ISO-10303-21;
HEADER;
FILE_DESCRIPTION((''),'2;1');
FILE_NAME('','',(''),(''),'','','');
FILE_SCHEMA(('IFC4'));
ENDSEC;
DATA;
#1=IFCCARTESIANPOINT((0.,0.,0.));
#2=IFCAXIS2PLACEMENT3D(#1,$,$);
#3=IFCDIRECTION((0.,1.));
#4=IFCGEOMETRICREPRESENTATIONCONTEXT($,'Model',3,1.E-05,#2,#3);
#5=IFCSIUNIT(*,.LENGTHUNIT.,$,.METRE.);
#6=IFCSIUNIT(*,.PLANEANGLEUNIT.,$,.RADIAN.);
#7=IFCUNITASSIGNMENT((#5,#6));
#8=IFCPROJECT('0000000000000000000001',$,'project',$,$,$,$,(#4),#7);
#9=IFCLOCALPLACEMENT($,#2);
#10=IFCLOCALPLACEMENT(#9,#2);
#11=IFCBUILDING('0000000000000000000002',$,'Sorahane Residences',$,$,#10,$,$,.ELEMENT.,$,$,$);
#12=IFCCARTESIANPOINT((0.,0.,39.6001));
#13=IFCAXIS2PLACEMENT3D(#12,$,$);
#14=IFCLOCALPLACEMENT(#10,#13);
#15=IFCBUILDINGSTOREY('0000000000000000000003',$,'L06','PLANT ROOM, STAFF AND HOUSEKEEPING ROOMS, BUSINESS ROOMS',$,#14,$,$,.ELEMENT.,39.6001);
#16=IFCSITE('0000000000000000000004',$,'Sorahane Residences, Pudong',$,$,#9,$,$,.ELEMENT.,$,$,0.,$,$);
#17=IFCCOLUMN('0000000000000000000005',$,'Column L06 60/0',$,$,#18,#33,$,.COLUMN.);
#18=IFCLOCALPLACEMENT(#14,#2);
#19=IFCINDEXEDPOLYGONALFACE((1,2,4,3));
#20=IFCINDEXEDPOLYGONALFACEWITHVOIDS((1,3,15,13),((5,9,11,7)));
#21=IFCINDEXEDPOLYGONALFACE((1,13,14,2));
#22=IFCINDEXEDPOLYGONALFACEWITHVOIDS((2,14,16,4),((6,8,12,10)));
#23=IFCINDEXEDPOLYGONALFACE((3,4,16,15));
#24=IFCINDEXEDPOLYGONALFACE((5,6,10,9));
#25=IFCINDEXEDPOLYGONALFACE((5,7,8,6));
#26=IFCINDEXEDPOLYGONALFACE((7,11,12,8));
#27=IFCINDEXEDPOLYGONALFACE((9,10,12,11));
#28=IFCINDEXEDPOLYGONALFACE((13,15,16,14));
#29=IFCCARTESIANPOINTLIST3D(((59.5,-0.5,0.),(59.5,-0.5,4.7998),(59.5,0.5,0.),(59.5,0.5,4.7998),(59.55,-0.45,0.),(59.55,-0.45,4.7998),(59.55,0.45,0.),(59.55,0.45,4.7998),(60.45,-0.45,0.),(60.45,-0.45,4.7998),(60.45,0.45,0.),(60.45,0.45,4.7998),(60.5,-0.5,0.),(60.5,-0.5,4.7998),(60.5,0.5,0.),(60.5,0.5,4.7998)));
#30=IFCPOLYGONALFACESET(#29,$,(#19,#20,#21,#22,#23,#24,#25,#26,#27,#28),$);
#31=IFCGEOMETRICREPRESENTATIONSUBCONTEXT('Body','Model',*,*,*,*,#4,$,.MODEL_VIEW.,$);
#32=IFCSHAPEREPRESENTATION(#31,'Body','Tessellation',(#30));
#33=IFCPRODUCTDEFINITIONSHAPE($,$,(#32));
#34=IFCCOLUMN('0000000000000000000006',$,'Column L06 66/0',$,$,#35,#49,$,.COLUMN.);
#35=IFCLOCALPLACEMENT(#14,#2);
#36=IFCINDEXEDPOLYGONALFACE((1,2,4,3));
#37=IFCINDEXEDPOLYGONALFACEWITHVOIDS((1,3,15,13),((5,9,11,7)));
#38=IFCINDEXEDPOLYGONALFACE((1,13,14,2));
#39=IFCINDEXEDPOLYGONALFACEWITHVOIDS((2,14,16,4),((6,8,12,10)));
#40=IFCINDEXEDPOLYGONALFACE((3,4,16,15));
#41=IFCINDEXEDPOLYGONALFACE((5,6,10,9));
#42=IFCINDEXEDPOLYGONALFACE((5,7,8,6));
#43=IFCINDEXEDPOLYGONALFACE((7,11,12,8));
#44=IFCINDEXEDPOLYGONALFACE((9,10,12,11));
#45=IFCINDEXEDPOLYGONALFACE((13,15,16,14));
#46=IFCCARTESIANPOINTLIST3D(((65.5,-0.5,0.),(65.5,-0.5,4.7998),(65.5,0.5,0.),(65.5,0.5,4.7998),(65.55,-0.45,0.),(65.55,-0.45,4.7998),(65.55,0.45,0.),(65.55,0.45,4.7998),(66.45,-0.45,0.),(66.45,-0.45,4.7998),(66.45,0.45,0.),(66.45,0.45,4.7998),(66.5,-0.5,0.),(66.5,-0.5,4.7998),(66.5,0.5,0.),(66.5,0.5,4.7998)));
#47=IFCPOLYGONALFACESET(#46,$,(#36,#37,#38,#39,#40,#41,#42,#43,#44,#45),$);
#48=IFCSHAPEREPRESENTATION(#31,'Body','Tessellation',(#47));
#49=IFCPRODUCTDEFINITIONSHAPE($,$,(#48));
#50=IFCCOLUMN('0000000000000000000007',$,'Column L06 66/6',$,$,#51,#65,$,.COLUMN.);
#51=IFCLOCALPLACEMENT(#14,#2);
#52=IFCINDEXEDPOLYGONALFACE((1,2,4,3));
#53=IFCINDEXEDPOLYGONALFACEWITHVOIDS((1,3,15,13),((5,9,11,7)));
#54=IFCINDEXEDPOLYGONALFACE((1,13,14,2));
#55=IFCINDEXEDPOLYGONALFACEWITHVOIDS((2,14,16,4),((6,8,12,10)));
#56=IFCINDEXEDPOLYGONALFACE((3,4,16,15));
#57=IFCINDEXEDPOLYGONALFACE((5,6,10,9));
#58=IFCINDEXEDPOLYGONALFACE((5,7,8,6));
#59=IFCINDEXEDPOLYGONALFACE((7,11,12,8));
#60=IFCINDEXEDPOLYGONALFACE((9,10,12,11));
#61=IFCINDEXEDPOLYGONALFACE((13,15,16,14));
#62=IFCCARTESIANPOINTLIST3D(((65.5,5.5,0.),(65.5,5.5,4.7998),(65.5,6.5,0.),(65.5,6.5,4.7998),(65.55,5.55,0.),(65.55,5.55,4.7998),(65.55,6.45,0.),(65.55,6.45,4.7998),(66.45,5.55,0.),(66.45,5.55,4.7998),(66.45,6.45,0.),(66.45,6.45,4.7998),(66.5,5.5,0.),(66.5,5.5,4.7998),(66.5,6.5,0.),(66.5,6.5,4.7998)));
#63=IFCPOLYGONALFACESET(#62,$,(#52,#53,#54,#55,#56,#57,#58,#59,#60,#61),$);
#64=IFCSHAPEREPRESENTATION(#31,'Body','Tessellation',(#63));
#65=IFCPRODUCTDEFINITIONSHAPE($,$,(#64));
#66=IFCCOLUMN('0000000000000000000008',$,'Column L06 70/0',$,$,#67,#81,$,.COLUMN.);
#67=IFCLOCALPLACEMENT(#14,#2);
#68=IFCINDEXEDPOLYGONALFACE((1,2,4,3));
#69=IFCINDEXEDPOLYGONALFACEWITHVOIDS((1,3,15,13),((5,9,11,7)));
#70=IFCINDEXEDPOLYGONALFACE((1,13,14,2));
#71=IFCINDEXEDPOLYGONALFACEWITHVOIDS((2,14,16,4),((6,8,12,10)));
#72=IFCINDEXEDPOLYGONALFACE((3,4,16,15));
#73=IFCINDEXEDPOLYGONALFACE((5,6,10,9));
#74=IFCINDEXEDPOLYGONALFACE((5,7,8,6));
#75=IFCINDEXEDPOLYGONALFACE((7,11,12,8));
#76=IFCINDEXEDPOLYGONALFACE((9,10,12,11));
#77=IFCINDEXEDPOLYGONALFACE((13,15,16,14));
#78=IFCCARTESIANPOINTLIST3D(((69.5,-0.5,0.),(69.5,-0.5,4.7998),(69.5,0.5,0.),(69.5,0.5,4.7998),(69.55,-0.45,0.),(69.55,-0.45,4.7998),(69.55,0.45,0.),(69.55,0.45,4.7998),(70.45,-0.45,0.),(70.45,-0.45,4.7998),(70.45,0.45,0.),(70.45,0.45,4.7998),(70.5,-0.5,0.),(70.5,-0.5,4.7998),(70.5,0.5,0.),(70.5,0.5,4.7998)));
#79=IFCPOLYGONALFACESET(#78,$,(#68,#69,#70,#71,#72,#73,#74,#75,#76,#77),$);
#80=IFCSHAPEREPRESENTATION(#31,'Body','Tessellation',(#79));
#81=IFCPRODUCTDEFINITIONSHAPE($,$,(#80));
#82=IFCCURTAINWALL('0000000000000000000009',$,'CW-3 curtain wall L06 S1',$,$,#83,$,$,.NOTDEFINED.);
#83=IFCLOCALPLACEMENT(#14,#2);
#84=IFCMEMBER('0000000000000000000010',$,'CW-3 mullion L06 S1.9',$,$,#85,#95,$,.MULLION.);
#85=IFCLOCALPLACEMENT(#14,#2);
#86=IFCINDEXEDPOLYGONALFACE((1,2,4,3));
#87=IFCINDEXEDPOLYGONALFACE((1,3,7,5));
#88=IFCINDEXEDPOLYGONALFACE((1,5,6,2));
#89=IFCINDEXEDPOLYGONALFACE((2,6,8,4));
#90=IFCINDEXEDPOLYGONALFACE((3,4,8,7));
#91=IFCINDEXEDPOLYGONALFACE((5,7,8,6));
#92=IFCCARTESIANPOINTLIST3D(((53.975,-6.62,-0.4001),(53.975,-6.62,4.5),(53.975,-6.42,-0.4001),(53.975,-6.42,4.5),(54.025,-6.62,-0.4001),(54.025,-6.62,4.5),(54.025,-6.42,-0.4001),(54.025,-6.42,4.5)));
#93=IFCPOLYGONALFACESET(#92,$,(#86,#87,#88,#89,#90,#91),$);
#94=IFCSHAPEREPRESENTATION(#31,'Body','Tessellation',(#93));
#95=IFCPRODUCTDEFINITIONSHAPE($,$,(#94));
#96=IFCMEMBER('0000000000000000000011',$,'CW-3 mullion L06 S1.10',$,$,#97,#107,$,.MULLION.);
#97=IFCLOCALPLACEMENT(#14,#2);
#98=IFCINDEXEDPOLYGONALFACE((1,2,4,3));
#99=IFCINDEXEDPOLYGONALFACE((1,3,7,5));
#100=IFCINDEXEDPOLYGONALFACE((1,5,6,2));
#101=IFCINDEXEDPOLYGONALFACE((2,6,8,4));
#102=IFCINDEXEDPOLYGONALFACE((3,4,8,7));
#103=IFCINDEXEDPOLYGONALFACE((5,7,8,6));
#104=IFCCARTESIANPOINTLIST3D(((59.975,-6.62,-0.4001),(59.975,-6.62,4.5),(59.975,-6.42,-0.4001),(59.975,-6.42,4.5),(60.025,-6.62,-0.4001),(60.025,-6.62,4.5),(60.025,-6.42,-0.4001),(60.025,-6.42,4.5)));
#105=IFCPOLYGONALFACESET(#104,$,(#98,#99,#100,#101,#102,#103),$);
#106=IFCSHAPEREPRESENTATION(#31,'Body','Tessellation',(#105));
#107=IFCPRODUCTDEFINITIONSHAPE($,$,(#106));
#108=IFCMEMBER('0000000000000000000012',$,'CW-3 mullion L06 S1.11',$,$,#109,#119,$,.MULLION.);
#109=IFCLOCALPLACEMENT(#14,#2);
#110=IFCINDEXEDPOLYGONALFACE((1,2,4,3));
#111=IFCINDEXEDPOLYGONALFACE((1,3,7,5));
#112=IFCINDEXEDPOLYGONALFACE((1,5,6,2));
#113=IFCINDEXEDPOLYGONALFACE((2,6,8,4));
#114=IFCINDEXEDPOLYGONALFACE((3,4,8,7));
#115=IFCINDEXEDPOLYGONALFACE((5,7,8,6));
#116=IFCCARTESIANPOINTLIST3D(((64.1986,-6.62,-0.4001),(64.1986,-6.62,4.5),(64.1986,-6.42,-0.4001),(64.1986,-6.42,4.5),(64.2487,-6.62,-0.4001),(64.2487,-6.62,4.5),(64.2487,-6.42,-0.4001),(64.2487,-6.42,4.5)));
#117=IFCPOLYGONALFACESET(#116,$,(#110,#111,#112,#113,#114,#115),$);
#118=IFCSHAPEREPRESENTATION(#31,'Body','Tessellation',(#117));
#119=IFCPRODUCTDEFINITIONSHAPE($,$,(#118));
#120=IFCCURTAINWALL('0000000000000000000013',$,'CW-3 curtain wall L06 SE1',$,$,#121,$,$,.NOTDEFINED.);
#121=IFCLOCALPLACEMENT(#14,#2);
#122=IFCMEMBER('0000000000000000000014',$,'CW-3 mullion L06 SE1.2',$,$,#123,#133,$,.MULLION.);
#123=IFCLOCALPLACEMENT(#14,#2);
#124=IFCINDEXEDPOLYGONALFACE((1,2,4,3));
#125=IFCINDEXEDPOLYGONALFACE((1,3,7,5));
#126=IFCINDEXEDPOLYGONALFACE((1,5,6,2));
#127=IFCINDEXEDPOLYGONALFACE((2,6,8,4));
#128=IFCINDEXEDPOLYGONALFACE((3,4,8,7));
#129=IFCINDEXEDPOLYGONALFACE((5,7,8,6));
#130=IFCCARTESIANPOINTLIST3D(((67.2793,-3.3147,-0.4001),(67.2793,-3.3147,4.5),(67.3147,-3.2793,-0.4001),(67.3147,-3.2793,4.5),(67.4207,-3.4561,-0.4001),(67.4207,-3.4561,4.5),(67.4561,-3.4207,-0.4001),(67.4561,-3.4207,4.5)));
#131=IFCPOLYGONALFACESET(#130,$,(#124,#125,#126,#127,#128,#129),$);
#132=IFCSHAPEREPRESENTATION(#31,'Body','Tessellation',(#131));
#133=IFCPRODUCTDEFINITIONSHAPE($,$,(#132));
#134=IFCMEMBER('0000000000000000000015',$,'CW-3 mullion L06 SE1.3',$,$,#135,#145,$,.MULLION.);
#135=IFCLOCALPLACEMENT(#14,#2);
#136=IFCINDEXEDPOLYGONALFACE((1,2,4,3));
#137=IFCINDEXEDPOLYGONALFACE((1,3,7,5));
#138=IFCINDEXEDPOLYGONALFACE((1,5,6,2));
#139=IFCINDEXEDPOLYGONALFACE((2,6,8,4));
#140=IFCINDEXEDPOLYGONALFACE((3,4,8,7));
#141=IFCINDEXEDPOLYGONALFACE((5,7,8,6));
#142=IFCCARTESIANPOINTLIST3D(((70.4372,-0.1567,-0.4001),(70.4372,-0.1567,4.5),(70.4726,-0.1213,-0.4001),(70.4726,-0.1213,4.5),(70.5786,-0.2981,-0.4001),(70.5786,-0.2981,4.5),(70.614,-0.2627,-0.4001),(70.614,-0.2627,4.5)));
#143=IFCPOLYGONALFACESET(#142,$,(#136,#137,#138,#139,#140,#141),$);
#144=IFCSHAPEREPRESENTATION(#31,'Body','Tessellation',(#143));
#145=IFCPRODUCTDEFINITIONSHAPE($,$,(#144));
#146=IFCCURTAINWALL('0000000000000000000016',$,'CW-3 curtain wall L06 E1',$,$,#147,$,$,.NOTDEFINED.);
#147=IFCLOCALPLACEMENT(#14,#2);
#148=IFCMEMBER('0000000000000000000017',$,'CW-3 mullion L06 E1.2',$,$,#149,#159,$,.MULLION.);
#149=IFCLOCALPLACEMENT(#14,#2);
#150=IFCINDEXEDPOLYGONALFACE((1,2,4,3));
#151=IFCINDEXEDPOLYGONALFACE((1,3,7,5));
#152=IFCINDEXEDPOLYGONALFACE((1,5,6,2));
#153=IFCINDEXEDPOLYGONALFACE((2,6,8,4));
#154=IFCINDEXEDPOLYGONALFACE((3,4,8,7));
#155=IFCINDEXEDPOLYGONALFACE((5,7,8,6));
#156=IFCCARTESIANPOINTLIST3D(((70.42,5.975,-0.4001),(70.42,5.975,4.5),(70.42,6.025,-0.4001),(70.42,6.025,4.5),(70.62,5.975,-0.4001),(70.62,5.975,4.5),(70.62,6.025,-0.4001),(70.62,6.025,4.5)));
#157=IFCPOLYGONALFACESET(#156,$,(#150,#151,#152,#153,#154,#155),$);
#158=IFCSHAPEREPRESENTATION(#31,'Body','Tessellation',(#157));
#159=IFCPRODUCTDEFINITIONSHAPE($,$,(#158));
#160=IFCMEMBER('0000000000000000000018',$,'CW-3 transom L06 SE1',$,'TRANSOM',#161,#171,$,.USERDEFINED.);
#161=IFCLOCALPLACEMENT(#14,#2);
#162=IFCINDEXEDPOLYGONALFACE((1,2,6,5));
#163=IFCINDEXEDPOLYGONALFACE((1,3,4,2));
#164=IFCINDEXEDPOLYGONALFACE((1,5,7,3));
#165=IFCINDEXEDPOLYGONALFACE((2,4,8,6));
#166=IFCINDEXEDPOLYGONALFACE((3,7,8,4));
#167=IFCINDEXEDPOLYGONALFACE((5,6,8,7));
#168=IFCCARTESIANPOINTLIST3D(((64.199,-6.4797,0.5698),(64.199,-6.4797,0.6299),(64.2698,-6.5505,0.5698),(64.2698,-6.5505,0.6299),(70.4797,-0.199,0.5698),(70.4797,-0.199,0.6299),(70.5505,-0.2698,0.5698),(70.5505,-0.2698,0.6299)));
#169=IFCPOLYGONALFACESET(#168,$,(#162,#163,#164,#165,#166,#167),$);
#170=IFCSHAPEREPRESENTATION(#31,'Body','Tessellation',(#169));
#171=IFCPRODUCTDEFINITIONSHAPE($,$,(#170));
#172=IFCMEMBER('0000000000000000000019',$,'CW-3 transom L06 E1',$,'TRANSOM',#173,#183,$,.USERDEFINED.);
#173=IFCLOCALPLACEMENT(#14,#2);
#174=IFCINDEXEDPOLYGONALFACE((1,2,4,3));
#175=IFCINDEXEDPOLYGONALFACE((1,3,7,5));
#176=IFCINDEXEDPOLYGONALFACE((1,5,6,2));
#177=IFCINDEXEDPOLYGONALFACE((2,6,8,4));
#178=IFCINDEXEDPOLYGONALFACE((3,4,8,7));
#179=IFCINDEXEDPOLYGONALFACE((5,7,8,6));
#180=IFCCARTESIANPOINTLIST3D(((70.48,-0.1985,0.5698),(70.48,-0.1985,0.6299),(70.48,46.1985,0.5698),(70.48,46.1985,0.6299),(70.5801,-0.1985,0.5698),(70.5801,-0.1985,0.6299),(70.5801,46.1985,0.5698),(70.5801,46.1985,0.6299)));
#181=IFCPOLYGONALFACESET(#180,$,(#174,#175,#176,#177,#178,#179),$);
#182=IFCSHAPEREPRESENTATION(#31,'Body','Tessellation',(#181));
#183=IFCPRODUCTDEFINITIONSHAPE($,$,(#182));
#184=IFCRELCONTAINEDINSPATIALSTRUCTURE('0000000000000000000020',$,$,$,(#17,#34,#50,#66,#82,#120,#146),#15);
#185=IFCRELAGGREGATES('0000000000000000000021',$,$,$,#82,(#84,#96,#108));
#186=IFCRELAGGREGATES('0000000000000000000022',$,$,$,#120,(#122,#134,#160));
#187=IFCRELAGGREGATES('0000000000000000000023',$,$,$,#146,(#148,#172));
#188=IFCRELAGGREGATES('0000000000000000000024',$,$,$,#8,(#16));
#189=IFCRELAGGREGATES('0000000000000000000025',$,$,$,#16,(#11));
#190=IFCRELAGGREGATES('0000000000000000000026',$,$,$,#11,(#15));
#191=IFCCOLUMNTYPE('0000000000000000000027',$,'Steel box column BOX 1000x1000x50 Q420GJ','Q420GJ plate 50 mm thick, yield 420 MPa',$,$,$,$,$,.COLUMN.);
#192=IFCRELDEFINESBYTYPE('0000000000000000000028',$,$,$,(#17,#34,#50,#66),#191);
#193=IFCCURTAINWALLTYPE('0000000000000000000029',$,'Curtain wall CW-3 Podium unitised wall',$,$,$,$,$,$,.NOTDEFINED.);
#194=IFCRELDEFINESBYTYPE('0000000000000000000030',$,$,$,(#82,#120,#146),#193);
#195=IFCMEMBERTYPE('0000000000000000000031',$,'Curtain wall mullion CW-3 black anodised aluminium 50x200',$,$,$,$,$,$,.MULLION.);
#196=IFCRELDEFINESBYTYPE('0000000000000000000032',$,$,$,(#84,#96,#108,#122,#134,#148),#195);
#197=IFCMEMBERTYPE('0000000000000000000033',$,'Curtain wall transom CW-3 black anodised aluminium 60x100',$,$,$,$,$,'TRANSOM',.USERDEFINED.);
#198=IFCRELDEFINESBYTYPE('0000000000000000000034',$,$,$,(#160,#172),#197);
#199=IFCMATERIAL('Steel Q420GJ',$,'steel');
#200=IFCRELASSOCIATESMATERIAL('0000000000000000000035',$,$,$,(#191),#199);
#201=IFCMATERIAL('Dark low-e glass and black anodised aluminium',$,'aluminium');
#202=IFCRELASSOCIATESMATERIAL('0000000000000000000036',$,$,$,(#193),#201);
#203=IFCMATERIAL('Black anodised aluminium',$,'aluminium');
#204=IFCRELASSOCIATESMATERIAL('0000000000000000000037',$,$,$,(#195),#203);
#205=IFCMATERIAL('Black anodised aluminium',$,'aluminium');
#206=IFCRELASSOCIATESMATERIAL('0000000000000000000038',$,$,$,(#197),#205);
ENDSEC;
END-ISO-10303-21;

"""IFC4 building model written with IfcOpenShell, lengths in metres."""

from ifc_helpers import new_model, si_unit, direction, frame, origin, origin_2d, place, context, subcontext, project, spatial, rectangle, hollow_rectangle, extrude, material, material_profile, profile_set, type_object, element, aggregate, save


model = new_model("IFC4")

# Units and contexts
model_context = context("Model", 3, precision=1e-05, world=origin(), true_north=direction((0.0, 1.0)))
body_context = subcontext(model_context, "Body", "Model", "MODEL_VIEW")
ifc_project = project(units=[si_unit("LENGTHUNIT", "METRE"), si_unit("PLANEANGLEUNIT", "RADIAN")], contexts=[model_context])

# Site, building, storey
site_placement = place(None, origin())
site = spatial("IfcSite", under=ifc_project, at=site_placement, Name="Sorahane Residences, Pudong", CompositionType="ELEMENT", RefElevation=0.0)
building_placement = place(site_placement, origin())
building = spatial("IfcBuilding", under=site, at=building_placement, Name="Sorahane Residences", CompositionType="ELEMENT")
storey_placement = place(building_placement, frame((0.0, 0.0, 39.6001)))
storey = spatial("IfcBuildingStorey", under=building, at=storey_placement, Name="L06", Description="PLANT ROOM, STAFF AND HOUSEKEEPING ROOMS, BUSINESS ROOMS", CompositionType="ELEMENT", Elevation=39.6001)

# Columns
ifc_material_1 = material(Name="Steel Q420GJ", Category="steel")
ifc_material_profile_1 = material_profile(ifc_material_1, hollow_rectangle(XDim=1.0, YDim=1.0, WallThickness=0.05, at=origin_2d()), Name="BOX 1000x1000x50")
ifc_profile_set_1 = profile_set([ifc_material_profile_1], Name="Steel Q420GJ")
column_type = type_object("IfcColumnType", Name="Steel box column BOX 1000x1000x50 Q420GJ", Description="Q420GJ plate 50 mm thick, yield 420 MPa", PredefinedType="COLUMN", material=ifc_profile_set_1)
for number, where, z_axis, x_axis, name in (
    (1, (60.0, 0.0, 0.0), (0.0, 0.0, 1.0), (1.0, 0.0, 0.0), "Column L06 60/0"),
    (2, (66.0, 0.0, 0.0), (0.0, 0.0, 1.0), (1.0, 0.0, 0.0), "Column L06 66/0"),
    (3, (66.0, 6.0, 0.0), (0.0, 0.0, 1.0), (1.0, 0.0, 0.0), "Column L06 66/6"),
    (4, (70.0, 0.0, 0.0), (0.0, 0.0, 1.0), (1.0, 0.0, 0.0), "Column L06 70/0"),
):
    element("IfcColumn", number, at=place(storey_placement, frame(where, z_axis=z_axis, x_axis=x_axis)), inside=storey, type_object=column_type, Name=name, PredefinedType="COLUMN", context=body_context, shape_type="SweptSolid", body=[
        extrude(hollow_rectangle(XDim=1.0, YDim=1.0, WallThickness=0.05, at=origin_2d()), origin(), (0.0, 0.0, 1.0), 4.7998),
    ])

# Curtain walls, members
ifc_material_2 = material(Name="Dark low-e glass and black anodised aluminium", Category="aluminium")
curtain_wall_type = type_object("IfcCurtainWallType", Name="Curtain wall CW-3 Podium unitised wall", PredefinedType="NOTDEFINED", material=ifc_material_2)
curtain_wall_1_placement = place(storey_placement, origin())
curtain_wall_1 = element("IfcCurtainWall", 5, at=curtain_wall_1_placement, inside=storey, type_object=curtain_wall_type, Name="CW-3 curtain wall L06 S1", PredefinedType="NOTDEFINED")
ifc_material_3 = material(Name="Black anodised aluminium", Category="aluminium")
ifc_material_profile_2 = material_profile(ifc_material_3, rectangle(XDim=0.2, YDim=0.05, at=origin_2d()), Name="Curtain wall mullion CW-3 black anodised aluminium 50x200")
ifc_profile_set_2 = profile_set([ifc_material_profile_2], Name="Black anodised aluminium")
member_type_1 = type_object("IfcMemberType", Name="Curtain wall mullion CW-3 black anodised aluminium 50x200", PredefinedType="MULLION", material=ifc_profile_set_2)
member_1_placement = place(storey_placement, frame((54.0, -6.52, -0.4001), z_axis=(0.0, 0.0, 1.0), x_axis=(0.0, -1.0, 0.0)))
member_1 = element("IfcMember", 6, at=member_1_placement, type_object=member_type_1, Name="CW-3 mullion L06 S1.9", PredefinedType="MULLION", context=body_context, shape_type="SweptSolid", body=[
    extrude(rectangle(XDim=0.2, YDim=0.05, at=origin_2d()), origin(), (0.0, 0.0, 1.0), 4.9001),
])
member_2_placement = place(storey_placement, frame((60.0, -6.52, -0.4001), z_axis=(0.0, 0.0, 1.0), x_axis=(0.0, -1.0, 0.0)))
member_2 = element("IfcMember", 7, at=member_2_placement, type_object=member_type_1, Name="CW-3 mullion L06 S1.10", PredefinedType="MULLION", context=body_context, shape_type="SweptSolid", body=[
    extrude(rectangle(XDim=0.2, YDim=0.05, at=origin_2d()), origin(), (0.0, 0.0, 1.0), 4.9001),
])
member_3_placement = place(storey_placement, frame((64.2236, -6.52, -0.4001), z_axis=(0.0, 0.0, 1.0), x_axis=(0.0, -1.0, 0.0)))
member_3 = element("IfcMember", 8, at=member_3_placement, type_object=member_type_1, Name="CW-3 mullion L06 S1.11", PredefinedType="MULLION", context=body_context, shape_type="SweptSolid", body=[
    extrude(rectangle(XDim=0.2, YDim=0.05, at=origin_2d()), origin(), (0.0, 0.0, 1.0), 4.9001),
])
curtain_wall_2_placement = place(storey_placement, origin())
curtain_wall_2 = element("IfcCurtainWall", 9, at=curtain_wall_2_placement, inside=storey, type_object=curtain_wall_type, Name="CW-3 curtain wall L06 SE1", PredefinedType="NOTDEFINED")
member_4_placement = place(storey_placement, frame((67.3677, -3.3677, -0.4001), z_axis=(0.0, 0.0, 1.0), x_axis=(0.707107, -0.707107, 0.0)))
member_4 = element("IfcMember", 10, at=member_4_placement, type_object=member_type_1, Name="CW-3 mullion L06 SE1.2", PredefinedType="MULLION", context=body_context, shape_type="SweptSolid", body=[
    extrude(rectangle(XDim=0.2, YDim=0.05, at=origin_2d()), origin(), (0.0, 0.0, 1.0), 4.9001),
])
member_5_placement = place(storey_placement, frame((70.5256, -0.2097, -0.4001), z_axis=(0.0, 0.0, 1.0), x_axis=(0.707107, -0.707107, 0.0)))
member_5 = element("IfcMember", 11, at=member_5_placement, type_object=member_type_1, Name="CW-3 mullion L06 SE1.3", PredefinedType="MULLION", context=body_context, shape_type="SweptSolid", body=[
    extrude(rectangle(XDim=0.2, YDim=0.05, at=origin_2d()), origin(), (0.0, 0.0, 1.0), 4.9001),
])

# Curtain wall, member
curtain_wall_3_placement = place(storey_placement, origin())
curtain_wall_3 = element("IfcCurtainWall", 12, at=curtain_wall_3_placement, inside=storey, type_object=curtain_wall_type, Name="CW-3 curtain wall L06 E1", PredefinedType="NOTDEFINED")
member_6_placement = place(storey_placement, frame((70.52, 6.0, -0.4001), z_axis=(0.0, 0.0, 1.0), x_axis=(1.0, 0.0, 0.0)))
member_6 = element("IfcMember", 13, at=member_6_placement, type_object=member_type_1, Name="CW-3 mullion L06 E1.2", PredefinedType="MULLION", context=body_context, shape_type="SweptSolid", body=[
    extrude(rectangle(XDim=0.2, YDim=0.05, at=origin_2d()), origin(), (0.0, 0.0, 1.0), 4.9001),
])

# Members
ifc_material_4 = material(Name="Black anodised aluminium", Category="aluminium")
ifc_material_profile_3 = material_profile(ifc_material_4, rectangle(XDim=0.1001, YDim=0.0601, at=origin_2d()), Name="Curtain wall transom CW-3 black anodised aluminium 60x100")
ifc_profile_set_3 = profile_set([ifc_material_profile_3], Name="Black anodised aluminium")
member_type_2 = type_object("IfcMemberType", Name="Curtain wall transom CW-3 black anodised aluminium 60x100", ElementType="TRANSOM", PredefinedType="USERDEFINED", material=ifc_profile_set_3)
member_7_placement = place(storey_placement, frame((64.2344, -6.5151, 0.5999), z_axis=(0.707107, 0.707107, 0.0), x_axis=(-0.707107, 0.707107, 0.0)))
member_7 = element("IfcMember", 14, at=member_7_placement, type_object=member_type_2, Name="CW-3 transom L06 SE1", ObjectType="TRANSOM", PredefinedType="USERDEFINED", context=body_context, shape_type="SweptSolid", body=[
    extrude(rectangle(XDim=0.1001, YDim=0.0601, at=origin_2d()), origin(), (0.0, 0.0, 1.0), 8.8823),
])
member_8_placement = place(storey_placement, frame((70.53, -0.1985, 0.5999), z_axis=(0.0, 1.0, 0.0), x_axis=(-1.0, 0.0, 0.0)))
member_8 = element("IfcMember", 15, at=member_8_placement, type_object=member_type_2, Name="CW-3 transom L06 E1", ObjectType="TRANSOM", PredefinedType="USERDEFINED", context=body_context, shape_type="SweptSolid", body=[
    extrude(rectangle(XDim=0.1001, YDim=0.0601, at=origin_2d()), origin(), (0.0, 0.0, 1.0), 46.397),
])

aggregate(curtain_wall_1, [member_1, member_2, member_3])
aggregate(curtain_wall_2, [member_4, member_5, member_7])
aggregate(curtain_wall_3, [member_6, member_8])

save(model, "model.ifc")
